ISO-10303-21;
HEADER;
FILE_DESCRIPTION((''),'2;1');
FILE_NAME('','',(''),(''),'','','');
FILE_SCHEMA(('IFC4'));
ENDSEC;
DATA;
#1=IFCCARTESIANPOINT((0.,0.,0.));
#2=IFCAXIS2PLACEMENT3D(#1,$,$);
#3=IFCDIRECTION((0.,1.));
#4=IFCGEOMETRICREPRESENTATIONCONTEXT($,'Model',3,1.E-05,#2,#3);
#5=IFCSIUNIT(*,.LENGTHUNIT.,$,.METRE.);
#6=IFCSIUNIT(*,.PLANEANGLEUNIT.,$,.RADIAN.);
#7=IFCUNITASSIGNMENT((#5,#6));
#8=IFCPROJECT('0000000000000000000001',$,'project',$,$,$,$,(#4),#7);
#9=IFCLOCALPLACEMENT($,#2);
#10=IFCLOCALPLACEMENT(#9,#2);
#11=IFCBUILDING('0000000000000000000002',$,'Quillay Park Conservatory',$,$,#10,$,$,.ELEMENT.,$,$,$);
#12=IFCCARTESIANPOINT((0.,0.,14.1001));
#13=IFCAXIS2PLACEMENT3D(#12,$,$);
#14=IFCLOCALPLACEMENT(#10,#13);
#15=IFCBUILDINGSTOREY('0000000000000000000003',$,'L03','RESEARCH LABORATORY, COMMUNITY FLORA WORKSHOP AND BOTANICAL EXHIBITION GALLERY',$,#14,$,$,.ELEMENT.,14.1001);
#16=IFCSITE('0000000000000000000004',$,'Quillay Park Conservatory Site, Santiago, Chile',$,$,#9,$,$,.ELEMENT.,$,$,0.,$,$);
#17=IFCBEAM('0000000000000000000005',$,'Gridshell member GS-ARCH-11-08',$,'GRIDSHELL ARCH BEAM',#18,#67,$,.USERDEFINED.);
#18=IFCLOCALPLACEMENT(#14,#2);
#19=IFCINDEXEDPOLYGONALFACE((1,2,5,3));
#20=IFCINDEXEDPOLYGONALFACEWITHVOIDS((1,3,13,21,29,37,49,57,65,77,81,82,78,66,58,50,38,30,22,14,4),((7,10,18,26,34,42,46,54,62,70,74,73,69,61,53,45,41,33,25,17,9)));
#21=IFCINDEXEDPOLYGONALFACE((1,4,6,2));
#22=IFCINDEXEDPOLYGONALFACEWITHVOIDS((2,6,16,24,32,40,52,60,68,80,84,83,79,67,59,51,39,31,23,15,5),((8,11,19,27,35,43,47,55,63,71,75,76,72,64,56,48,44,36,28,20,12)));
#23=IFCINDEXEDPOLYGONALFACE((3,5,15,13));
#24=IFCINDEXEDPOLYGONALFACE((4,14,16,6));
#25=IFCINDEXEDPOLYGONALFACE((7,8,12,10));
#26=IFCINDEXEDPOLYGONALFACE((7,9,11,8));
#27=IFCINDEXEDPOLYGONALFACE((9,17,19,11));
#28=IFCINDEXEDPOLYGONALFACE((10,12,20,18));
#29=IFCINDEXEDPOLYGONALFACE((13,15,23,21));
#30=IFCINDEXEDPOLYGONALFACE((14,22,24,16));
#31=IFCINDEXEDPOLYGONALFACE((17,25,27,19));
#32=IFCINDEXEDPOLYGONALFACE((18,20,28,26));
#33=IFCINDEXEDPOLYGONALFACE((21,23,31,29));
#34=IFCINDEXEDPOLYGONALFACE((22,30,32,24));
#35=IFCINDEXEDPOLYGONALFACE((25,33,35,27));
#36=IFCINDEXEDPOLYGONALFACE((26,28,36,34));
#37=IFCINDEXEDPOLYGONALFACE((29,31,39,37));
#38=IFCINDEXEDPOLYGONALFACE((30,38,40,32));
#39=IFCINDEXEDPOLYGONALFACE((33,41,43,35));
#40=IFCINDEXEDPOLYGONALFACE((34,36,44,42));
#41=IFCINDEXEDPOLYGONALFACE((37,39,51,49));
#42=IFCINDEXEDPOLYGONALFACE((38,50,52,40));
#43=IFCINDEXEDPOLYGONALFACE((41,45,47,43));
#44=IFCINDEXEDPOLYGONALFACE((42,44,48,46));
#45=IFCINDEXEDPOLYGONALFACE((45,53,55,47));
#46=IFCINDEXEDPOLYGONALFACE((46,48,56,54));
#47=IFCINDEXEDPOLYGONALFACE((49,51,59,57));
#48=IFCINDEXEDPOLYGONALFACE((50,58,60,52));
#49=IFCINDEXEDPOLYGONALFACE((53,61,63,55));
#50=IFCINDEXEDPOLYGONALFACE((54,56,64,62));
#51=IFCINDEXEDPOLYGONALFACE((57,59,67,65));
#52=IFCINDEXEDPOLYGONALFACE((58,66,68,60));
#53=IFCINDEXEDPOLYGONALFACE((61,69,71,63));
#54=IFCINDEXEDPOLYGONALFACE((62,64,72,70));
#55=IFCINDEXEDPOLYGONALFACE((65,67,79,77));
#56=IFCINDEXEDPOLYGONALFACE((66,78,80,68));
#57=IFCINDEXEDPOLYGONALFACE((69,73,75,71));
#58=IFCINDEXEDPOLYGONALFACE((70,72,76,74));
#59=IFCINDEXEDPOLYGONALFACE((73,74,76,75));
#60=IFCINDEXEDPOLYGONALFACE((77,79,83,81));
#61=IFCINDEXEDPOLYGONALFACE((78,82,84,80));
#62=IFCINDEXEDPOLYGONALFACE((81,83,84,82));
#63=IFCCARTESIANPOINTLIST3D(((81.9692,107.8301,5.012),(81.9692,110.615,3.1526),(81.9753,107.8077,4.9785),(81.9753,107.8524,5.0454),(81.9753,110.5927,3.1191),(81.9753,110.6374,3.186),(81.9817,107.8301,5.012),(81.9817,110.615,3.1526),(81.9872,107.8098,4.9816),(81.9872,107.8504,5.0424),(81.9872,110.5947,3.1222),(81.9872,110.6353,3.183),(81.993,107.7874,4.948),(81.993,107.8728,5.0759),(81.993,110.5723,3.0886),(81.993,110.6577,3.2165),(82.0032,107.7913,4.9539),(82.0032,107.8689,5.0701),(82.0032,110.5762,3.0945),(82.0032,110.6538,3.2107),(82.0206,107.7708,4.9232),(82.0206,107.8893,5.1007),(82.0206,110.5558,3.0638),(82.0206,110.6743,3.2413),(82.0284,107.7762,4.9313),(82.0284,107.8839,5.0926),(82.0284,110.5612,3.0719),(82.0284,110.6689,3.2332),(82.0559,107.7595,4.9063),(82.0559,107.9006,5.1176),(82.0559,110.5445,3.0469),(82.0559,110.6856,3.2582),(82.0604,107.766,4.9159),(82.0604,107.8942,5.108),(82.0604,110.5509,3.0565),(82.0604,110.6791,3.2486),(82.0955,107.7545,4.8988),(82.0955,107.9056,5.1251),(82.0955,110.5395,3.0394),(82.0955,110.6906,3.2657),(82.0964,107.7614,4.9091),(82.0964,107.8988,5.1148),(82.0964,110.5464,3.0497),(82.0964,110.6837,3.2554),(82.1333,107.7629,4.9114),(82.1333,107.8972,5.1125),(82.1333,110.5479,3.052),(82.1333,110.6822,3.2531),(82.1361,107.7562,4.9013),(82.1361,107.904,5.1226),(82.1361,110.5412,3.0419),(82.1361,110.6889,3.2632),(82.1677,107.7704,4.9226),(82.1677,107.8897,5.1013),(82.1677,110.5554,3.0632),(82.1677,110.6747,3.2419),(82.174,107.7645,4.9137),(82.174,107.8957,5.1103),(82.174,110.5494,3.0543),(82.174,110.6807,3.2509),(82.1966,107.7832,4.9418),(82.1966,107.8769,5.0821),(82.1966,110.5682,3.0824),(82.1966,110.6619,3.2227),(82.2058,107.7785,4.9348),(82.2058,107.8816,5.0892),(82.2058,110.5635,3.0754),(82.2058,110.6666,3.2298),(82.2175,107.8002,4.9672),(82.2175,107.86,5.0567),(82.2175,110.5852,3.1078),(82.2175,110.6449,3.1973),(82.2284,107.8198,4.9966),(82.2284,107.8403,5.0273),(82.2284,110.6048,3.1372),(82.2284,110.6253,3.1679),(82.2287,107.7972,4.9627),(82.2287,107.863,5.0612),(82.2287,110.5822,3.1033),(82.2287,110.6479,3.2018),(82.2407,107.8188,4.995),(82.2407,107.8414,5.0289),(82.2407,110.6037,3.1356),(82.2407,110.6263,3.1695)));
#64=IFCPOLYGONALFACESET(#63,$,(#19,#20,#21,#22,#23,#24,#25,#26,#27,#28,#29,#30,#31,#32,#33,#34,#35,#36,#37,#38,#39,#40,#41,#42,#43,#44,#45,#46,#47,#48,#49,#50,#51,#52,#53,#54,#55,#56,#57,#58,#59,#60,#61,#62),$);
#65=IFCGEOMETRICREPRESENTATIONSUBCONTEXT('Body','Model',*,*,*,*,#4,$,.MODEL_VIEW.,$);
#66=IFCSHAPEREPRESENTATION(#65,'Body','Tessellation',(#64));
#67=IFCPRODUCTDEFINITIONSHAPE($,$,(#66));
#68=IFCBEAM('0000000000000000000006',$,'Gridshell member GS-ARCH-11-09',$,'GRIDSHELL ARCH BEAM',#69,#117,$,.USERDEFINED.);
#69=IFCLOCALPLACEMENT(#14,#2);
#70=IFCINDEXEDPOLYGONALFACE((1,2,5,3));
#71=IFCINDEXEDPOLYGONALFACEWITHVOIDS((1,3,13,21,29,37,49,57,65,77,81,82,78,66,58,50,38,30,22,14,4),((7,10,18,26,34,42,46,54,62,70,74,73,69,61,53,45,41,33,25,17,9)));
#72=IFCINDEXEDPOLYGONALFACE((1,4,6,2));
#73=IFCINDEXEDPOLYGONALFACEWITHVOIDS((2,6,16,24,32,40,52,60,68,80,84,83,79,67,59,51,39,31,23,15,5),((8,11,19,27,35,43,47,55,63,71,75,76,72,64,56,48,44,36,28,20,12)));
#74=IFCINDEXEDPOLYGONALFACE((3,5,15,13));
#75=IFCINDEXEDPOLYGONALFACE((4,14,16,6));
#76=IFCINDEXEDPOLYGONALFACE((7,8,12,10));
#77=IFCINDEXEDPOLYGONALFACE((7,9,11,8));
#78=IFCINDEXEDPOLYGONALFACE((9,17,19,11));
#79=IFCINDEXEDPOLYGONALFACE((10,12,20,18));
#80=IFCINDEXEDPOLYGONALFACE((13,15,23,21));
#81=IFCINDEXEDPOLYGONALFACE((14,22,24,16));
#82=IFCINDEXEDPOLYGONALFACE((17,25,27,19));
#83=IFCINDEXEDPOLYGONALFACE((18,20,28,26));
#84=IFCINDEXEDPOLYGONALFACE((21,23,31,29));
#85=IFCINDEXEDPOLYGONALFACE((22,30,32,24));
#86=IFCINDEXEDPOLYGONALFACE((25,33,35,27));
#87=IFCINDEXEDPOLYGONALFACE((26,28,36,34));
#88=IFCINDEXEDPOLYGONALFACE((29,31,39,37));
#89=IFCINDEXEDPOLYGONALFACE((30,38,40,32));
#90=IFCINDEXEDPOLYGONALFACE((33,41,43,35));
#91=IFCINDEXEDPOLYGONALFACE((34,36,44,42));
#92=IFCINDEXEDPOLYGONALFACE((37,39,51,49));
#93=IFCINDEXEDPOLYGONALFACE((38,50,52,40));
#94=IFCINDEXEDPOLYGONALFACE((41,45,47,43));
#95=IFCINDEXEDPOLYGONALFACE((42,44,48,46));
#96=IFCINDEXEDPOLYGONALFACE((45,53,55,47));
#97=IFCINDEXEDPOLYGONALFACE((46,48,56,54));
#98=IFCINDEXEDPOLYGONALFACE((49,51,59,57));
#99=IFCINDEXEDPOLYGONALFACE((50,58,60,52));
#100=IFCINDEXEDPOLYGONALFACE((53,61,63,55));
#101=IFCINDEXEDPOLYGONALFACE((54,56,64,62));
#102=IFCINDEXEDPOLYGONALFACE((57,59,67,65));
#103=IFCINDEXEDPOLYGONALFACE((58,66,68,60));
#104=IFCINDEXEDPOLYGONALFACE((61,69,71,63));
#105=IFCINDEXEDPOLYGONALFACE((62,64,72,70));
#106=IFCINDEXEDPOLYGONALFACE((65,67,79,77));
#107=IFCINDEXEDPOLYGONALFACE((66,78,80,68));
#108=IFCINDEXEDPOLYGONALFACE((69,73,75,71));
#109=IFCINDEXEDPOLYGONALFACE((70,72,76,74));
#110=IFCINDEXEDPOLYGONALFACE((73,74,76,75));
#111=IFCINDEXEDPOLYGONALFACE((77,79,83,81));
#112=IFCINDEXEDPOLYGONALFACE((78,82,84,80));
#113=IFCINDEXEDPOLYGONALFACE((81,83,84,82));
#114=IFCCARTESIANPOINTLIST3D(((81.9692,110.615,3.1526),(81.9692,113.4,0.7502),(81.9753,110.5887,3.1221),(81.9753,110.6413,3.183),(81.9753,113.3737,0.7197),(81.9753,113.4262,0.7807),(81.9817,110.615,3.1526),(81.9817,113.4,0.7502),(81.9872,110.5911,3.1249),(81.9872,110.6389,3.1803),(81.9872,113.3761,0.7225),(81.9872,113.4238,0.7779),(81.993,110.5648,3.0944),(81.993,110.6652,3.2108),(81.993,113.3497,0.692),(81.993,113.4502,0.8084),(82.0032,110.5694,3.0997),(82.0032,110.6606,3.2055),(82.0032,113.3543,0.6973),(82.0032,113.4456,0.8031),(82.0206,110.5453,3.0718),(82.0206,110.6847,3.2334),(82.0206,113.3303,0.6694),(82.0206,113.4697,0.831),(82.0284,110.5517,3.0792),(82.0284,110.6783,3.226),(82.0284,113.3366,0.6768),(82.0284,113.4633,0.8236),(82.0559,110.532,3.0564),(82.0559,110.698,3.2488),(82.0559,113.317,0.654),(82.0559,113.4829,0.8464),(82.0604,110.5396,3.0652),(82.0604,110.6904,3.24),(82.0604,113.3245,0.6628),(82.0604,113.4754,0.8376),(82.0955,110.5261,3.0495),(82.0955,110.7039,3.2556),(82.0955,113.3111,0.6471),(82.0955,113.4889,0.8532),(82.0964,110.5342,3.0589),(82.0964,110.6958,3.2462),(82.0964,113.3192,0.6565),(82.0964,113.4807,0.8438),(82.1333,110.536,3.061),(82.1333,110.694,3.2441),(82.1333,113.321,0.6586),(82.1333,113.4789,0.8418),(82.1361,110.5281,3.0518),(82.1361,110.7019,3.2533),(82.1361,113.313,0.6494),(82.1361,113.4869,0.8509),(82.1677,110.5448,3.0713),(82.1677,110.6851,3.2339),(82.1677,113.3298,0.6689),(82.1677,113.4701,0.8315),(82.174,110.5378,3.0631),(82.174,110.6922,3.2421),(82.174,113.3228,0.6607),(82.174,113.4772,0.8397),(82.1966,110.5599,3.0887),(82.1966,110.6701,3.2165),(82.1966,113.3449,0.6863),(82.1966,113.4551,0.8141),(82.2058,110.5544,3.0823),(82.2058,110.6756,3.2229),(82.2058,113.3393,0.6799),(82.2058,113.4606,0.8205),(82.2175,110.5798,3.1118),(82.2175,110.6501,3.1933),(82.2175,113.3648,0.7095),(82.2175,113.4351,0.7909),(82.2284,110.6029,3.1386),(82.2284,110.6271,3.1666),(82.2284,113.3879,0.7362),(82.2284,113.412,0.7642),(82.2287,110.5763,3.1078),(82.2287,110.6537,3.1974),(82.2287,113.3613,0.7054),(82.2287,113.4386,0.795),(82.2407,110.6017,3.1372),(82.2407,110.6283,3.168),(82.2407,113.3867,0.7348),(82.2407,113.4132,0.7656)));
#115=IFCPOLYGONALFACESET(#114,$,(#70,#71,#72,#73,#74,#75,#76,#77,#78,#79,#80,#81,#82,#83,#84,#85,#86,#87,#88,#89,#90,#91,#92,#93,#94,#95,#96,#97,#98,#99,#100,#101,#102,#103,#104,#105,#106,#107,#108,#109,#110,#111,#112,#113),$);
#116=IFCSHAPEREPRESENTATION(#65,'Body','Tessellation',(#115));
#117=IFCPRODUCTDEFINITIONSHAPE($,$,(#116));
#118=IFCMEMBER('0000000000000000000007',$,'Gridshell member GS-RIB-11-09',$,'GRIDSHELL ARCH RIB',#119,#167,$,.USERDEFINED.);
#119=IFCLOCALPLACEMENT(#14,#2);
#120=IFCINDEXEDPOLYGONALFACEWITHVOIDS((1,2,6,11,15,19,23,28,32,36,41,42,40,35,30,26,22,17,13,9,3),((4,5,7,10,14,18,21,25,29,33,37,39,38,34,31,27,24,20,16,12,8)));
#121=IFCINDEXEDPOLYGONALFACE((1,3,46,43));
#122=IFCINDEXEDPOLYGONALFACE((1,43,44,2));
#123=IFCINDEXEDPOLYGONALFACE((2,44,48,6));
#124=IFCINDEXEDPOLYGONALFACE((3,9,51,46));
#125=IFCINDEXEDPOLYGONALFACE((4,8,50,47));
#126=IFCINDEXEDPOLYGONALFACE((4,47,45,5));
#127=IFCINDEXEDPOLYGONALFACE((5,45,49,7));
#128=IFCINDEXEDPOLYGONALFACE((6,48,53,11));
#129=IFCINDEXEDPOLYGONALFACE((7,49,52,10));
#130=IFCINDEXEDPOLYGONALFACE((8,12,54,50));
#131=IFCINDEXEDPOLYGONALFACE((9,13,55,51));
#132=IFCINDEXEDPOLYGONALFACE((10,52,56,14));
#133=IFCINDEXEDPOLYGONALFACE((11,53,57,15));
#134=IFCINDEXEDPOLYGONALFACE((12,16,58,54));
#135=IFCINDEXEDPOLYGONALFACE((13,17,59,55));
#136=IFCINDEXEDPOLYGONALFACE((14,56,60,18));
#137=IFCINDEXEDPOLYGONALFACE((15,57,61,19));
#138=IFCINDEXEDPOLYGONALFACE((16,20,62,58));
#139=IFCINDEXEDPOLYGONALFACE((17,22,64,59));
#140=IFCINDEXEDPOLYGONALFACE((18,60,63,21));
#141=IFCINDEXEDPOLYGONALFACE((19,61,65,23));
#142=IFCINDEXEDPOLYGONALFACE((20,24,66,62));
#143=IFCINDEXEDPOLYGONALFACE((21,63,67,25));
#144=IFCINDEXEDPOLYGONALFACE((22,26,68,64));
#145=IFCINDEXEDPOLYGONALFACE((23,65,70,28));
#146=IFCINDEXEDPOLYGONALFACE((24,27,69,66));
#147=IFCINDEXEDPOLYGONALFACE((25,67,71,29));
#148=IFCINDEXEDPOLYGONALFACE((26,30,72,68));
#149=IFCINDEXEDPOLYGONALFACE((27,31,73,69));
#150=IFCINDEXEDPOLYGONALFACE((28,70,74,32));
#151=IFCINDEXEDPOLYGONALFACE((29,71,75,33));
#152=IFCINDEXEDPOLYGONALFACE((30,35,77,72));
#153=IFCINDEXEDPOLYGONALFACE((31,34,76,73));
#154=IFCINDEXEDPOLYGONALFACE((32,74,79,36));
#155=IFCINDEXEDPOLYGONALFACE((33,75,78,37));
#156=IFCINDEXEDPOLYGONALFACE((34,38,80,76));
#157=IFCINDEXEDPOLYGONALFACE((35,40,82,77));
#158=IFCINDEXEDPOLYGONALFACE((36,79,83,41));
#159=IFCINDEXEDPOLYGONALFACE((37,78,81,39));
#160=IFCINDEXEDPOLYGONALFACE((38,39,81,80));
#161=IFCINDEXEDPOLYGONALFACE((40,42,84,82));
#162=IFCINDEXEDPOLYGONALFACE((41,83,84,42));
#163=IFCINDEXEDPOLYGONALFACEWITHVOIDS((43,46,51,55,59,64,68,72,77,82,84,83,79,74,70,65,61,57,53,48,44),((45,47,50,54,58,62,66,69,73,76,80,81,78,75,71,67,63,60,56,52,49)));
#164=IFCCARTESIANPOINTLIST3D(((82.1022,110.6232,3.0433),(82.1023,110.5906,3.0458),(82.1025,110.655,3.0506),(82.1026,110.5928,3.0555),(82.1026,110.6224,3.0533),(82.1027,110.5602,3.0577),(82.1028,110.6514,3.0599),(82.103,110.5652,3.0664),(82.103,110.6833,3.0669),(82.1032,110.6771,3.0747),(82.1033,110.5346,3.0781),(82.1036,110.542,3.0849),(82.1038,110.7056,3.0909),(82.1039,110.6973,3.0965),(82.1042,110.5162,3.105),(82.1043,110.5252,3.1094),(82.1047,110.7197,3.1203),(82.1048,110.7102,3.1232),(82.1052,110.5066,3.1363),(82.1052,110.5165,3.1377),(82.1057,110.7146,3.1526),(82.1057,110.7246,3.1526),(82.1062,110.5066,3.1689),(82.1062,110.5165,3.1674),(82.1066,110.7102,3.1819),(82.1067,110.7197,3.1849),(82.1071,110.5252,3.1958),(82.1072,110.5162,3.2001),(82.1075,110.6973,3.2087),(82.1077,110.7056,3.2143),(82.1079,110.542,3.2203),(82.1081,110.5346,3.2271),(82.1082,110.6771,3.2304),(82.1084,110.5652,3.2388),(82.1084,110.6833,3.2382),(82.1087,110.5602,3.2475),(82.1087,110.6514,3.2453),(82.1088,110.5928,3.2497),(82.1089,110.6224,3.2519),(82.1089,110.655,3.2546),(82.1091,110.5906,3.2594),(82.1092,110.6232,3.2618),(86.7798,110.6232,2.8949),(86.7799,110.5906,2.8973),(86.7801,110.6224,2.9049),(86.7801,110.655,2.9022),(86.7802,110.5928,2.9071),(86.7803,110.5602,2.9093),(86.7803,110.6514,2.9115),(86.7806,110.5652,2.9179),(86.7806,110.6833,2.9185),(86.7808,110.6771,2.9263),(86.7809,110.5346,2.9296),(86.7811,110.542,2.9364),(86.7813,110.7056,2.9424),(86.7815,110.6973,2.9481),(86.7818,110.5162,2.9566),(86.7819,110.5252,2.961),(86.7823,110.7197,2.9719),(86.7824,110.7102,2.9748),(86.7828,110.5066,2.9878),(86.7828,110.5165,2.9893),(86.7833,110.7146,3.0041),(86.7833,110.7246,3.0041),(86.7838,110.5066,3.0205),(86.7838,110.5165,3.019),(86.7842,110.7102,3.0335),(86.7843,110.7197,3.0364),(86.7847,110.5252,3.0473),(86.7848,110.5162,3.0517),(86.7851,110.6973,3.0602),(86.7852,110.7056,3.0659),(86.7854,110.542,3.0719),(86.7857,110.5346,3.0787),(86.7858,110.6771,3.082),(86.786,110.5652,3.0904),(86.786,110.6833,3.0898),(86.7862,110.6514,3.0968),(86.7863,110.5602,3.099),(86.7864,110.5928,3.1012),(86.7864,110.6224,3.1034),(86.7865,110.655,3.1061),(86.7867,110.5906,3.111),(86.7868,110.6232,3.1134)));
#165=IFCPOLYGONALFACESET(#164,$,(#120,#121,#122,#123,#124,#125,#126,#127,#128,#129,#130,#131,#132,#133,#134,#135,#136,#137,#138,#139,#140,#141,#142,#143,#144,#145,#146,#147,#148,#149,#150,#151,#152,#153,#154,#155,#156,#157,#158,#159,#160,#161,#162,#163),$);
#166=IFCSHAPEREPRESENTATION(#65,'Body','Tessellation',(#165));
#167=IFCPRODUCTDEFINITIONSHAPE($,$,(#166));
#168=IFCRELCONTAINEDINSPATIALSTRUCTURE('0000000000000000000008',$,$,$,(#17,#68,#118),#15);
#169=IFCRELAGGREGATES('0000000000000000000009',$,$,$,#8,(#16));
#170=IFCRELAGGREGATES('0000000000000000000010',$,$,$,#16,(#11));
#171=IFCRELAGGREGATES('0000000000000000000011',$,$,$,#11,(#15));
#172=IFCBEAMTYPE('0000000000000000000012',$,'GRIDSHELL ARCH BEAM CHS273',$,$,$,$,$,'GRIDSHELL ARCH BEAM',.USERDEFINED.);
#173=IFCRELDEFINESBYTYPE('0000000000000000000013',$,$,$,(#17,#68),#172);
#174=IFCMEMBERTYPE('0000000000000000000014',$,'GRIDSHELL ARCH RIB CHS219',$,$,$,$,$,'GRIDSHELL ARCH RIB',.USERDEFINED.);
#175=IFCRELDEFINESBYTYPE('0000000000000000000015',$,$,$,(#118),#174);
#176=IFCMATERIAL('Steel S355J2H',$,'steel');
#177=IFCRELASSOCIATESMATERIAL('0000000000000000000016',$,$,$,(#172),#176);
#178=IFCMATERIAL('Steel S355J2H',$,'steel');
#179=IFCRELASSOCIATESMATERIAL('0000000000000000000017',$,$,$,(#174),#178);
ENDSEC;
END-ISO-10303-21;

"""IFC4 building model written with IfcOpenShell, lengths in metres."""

from ifc_helpers import new_model, si_unit, direction, frame, origin, origin_2d, place, context, subcontext, project, spatial, hollow_circle, extrude, material, material_profile, profile_set, type_object, element, save


model = new_model("IFC4")

# Units and contexts
model_context = context("Model", 3, precision=1e-05, world=origin(), true_north=direction((0.0, 1.0)))
body_context = subcontext(model_context, "Body", "Model", "MODEL_VIEW")
ifc_project = project(units=[si_unit("LENGTHUNIT", "METRE"), si_unit("PLANEANGLEUNIT", "RADIAN")], contexts=[model_context])

# Site, building, storey
site_placement = place(None, origin())
site = spatial("IfcSite", under=ifc_project, at=site_placement, Name="Quillay Park Conservatory Site, Santiago, Chile", CompositionType="ELEMENT", RefElevation=0.0)
building_placement = place(site_placement, origin())
building = spatial("IfcBuilding", under=site, at=building_placement, Name="Quillay Park Conservatory", CompositionType="ELEMENT")
storey_placement = place(building_placement, frame((0.0, 0.0, 14.1001)))
storey = spatial("IfcBuildingStorey", under=building, at=storey_placement, Name="L03", Description="RESEARCH LABORATORY, COMMUNITY FLORA WORKSHOP AND BOTANICAL EXHIBITION GALLERY", CompositionType="ELEMENT", Elevation=14.1001)

# Beams
ifc_material_1 = material(Name="Steel S355J2H", Category="steel")
ifc_material_profile_1 = material_profile(ifc_material_1, hollow_circle(Radius=0.1365, WallThickness=0.0125, at=origin_2d()), Name="CHS273x12.5")
ifc_profile_set_1 = profile_set([ifc_material_profile_1], Name="Steel S355J2H")
beam_type = type_object("IfcBeamType", Name="GRIDSHELL ARCH BEAM CHS273", ElementType="GRIDSHELL ARCH BEAM", PredefinedType="USERDEFINED", material=ifc_profile_set_1)
beam_1_placement = place(storey_placement, frame((82.1057, 107.8301, 5.012), z_axis=(0.0, 0.831669, -0.555272), x_axis=(-1.0, 0.0, 0.0)))
element("IfcBeam", 1, at=beam_1_placement, inside=storey, type_object=beam_type, Name="Gridshell member GS-ARCH-11-08", ObjectType="GRIDSHELL ARCH BEAM", PredefinedType="USERDEFINED", context=body_context, shape_type="SweptSolid", body=[
    extrude(hollow_circle(Radius=0.1365, WallThickness=0.0125, at=origin_2d()), origin(), (0.0, 0.0, 1.0), 3.3486),
])
beam_2_placement = place(storey_placement, frame((82.1057, 110.615, 3.1526), z_axis=(0.0, 0.757201, -0.653183), x_axis=(-1.0, 0.0, 0.0)))
element("IfcBeam", 2, at=beam_2_placement, inside=storey, type_object=beam_type, Name="Gridshell member GS-ARCH-11-09", ObjectType="GRIDSHELL ARCH BEAM", PredefinedType="USERDEFINED", context=body_context, shape_type="SweptSolid", body=[
    extrude(hollow_circle(Radius=0.1365, WallThickness=0.0125, at=origin_2d()), origin(), (0.0, 0.0, 1.0), 3.678),
])

# Member
ifc_material_2 = material(Name="Steel S355J2H", Category="steel")
ifc_material_profile_2 = material_profile(ifc_material_2, hollow_circle(Radius=0.1096, WallThickness=0.01, at=origin_2d()), Name="CHS219.1x10")
ifc_profile_set_2 = profile_set([ifc_material_profile_2], Name="Steel S355J2H")
member_type = type_object("IfcMemberType", Name="GRIDSHELL ARCH RIB CHS219", ElementType="GRIDSHELL ARCH RIB", PredefinedType="USERDEFINED", material=ifc_profile_set_2)
member_1_placement = place(storey_placement, frame((82.1057, 110.615, 3.1526), z_axis=(0.999497, 0.0, -0.031718), x_axis=(0.0, 1.0, 0.0)))
element("IfcMember", 3, at=member_1_placement, inside=storey, type_object=member_type, Name="Gridshell member GS-RIB-11-09", ObjectType="GRIDSHELL ARCH RIB", PredefinedType="USERDEFINED", context=body_context, shape_type="SweptSolid", body=[
    extrude(hollow_circle(Radius=0.1096, WallThickness=0.01, at=origin_2d()), origin(), (0.0, 0.0, 1.0), 4.6799),
])

save(model, "model.ifc")
